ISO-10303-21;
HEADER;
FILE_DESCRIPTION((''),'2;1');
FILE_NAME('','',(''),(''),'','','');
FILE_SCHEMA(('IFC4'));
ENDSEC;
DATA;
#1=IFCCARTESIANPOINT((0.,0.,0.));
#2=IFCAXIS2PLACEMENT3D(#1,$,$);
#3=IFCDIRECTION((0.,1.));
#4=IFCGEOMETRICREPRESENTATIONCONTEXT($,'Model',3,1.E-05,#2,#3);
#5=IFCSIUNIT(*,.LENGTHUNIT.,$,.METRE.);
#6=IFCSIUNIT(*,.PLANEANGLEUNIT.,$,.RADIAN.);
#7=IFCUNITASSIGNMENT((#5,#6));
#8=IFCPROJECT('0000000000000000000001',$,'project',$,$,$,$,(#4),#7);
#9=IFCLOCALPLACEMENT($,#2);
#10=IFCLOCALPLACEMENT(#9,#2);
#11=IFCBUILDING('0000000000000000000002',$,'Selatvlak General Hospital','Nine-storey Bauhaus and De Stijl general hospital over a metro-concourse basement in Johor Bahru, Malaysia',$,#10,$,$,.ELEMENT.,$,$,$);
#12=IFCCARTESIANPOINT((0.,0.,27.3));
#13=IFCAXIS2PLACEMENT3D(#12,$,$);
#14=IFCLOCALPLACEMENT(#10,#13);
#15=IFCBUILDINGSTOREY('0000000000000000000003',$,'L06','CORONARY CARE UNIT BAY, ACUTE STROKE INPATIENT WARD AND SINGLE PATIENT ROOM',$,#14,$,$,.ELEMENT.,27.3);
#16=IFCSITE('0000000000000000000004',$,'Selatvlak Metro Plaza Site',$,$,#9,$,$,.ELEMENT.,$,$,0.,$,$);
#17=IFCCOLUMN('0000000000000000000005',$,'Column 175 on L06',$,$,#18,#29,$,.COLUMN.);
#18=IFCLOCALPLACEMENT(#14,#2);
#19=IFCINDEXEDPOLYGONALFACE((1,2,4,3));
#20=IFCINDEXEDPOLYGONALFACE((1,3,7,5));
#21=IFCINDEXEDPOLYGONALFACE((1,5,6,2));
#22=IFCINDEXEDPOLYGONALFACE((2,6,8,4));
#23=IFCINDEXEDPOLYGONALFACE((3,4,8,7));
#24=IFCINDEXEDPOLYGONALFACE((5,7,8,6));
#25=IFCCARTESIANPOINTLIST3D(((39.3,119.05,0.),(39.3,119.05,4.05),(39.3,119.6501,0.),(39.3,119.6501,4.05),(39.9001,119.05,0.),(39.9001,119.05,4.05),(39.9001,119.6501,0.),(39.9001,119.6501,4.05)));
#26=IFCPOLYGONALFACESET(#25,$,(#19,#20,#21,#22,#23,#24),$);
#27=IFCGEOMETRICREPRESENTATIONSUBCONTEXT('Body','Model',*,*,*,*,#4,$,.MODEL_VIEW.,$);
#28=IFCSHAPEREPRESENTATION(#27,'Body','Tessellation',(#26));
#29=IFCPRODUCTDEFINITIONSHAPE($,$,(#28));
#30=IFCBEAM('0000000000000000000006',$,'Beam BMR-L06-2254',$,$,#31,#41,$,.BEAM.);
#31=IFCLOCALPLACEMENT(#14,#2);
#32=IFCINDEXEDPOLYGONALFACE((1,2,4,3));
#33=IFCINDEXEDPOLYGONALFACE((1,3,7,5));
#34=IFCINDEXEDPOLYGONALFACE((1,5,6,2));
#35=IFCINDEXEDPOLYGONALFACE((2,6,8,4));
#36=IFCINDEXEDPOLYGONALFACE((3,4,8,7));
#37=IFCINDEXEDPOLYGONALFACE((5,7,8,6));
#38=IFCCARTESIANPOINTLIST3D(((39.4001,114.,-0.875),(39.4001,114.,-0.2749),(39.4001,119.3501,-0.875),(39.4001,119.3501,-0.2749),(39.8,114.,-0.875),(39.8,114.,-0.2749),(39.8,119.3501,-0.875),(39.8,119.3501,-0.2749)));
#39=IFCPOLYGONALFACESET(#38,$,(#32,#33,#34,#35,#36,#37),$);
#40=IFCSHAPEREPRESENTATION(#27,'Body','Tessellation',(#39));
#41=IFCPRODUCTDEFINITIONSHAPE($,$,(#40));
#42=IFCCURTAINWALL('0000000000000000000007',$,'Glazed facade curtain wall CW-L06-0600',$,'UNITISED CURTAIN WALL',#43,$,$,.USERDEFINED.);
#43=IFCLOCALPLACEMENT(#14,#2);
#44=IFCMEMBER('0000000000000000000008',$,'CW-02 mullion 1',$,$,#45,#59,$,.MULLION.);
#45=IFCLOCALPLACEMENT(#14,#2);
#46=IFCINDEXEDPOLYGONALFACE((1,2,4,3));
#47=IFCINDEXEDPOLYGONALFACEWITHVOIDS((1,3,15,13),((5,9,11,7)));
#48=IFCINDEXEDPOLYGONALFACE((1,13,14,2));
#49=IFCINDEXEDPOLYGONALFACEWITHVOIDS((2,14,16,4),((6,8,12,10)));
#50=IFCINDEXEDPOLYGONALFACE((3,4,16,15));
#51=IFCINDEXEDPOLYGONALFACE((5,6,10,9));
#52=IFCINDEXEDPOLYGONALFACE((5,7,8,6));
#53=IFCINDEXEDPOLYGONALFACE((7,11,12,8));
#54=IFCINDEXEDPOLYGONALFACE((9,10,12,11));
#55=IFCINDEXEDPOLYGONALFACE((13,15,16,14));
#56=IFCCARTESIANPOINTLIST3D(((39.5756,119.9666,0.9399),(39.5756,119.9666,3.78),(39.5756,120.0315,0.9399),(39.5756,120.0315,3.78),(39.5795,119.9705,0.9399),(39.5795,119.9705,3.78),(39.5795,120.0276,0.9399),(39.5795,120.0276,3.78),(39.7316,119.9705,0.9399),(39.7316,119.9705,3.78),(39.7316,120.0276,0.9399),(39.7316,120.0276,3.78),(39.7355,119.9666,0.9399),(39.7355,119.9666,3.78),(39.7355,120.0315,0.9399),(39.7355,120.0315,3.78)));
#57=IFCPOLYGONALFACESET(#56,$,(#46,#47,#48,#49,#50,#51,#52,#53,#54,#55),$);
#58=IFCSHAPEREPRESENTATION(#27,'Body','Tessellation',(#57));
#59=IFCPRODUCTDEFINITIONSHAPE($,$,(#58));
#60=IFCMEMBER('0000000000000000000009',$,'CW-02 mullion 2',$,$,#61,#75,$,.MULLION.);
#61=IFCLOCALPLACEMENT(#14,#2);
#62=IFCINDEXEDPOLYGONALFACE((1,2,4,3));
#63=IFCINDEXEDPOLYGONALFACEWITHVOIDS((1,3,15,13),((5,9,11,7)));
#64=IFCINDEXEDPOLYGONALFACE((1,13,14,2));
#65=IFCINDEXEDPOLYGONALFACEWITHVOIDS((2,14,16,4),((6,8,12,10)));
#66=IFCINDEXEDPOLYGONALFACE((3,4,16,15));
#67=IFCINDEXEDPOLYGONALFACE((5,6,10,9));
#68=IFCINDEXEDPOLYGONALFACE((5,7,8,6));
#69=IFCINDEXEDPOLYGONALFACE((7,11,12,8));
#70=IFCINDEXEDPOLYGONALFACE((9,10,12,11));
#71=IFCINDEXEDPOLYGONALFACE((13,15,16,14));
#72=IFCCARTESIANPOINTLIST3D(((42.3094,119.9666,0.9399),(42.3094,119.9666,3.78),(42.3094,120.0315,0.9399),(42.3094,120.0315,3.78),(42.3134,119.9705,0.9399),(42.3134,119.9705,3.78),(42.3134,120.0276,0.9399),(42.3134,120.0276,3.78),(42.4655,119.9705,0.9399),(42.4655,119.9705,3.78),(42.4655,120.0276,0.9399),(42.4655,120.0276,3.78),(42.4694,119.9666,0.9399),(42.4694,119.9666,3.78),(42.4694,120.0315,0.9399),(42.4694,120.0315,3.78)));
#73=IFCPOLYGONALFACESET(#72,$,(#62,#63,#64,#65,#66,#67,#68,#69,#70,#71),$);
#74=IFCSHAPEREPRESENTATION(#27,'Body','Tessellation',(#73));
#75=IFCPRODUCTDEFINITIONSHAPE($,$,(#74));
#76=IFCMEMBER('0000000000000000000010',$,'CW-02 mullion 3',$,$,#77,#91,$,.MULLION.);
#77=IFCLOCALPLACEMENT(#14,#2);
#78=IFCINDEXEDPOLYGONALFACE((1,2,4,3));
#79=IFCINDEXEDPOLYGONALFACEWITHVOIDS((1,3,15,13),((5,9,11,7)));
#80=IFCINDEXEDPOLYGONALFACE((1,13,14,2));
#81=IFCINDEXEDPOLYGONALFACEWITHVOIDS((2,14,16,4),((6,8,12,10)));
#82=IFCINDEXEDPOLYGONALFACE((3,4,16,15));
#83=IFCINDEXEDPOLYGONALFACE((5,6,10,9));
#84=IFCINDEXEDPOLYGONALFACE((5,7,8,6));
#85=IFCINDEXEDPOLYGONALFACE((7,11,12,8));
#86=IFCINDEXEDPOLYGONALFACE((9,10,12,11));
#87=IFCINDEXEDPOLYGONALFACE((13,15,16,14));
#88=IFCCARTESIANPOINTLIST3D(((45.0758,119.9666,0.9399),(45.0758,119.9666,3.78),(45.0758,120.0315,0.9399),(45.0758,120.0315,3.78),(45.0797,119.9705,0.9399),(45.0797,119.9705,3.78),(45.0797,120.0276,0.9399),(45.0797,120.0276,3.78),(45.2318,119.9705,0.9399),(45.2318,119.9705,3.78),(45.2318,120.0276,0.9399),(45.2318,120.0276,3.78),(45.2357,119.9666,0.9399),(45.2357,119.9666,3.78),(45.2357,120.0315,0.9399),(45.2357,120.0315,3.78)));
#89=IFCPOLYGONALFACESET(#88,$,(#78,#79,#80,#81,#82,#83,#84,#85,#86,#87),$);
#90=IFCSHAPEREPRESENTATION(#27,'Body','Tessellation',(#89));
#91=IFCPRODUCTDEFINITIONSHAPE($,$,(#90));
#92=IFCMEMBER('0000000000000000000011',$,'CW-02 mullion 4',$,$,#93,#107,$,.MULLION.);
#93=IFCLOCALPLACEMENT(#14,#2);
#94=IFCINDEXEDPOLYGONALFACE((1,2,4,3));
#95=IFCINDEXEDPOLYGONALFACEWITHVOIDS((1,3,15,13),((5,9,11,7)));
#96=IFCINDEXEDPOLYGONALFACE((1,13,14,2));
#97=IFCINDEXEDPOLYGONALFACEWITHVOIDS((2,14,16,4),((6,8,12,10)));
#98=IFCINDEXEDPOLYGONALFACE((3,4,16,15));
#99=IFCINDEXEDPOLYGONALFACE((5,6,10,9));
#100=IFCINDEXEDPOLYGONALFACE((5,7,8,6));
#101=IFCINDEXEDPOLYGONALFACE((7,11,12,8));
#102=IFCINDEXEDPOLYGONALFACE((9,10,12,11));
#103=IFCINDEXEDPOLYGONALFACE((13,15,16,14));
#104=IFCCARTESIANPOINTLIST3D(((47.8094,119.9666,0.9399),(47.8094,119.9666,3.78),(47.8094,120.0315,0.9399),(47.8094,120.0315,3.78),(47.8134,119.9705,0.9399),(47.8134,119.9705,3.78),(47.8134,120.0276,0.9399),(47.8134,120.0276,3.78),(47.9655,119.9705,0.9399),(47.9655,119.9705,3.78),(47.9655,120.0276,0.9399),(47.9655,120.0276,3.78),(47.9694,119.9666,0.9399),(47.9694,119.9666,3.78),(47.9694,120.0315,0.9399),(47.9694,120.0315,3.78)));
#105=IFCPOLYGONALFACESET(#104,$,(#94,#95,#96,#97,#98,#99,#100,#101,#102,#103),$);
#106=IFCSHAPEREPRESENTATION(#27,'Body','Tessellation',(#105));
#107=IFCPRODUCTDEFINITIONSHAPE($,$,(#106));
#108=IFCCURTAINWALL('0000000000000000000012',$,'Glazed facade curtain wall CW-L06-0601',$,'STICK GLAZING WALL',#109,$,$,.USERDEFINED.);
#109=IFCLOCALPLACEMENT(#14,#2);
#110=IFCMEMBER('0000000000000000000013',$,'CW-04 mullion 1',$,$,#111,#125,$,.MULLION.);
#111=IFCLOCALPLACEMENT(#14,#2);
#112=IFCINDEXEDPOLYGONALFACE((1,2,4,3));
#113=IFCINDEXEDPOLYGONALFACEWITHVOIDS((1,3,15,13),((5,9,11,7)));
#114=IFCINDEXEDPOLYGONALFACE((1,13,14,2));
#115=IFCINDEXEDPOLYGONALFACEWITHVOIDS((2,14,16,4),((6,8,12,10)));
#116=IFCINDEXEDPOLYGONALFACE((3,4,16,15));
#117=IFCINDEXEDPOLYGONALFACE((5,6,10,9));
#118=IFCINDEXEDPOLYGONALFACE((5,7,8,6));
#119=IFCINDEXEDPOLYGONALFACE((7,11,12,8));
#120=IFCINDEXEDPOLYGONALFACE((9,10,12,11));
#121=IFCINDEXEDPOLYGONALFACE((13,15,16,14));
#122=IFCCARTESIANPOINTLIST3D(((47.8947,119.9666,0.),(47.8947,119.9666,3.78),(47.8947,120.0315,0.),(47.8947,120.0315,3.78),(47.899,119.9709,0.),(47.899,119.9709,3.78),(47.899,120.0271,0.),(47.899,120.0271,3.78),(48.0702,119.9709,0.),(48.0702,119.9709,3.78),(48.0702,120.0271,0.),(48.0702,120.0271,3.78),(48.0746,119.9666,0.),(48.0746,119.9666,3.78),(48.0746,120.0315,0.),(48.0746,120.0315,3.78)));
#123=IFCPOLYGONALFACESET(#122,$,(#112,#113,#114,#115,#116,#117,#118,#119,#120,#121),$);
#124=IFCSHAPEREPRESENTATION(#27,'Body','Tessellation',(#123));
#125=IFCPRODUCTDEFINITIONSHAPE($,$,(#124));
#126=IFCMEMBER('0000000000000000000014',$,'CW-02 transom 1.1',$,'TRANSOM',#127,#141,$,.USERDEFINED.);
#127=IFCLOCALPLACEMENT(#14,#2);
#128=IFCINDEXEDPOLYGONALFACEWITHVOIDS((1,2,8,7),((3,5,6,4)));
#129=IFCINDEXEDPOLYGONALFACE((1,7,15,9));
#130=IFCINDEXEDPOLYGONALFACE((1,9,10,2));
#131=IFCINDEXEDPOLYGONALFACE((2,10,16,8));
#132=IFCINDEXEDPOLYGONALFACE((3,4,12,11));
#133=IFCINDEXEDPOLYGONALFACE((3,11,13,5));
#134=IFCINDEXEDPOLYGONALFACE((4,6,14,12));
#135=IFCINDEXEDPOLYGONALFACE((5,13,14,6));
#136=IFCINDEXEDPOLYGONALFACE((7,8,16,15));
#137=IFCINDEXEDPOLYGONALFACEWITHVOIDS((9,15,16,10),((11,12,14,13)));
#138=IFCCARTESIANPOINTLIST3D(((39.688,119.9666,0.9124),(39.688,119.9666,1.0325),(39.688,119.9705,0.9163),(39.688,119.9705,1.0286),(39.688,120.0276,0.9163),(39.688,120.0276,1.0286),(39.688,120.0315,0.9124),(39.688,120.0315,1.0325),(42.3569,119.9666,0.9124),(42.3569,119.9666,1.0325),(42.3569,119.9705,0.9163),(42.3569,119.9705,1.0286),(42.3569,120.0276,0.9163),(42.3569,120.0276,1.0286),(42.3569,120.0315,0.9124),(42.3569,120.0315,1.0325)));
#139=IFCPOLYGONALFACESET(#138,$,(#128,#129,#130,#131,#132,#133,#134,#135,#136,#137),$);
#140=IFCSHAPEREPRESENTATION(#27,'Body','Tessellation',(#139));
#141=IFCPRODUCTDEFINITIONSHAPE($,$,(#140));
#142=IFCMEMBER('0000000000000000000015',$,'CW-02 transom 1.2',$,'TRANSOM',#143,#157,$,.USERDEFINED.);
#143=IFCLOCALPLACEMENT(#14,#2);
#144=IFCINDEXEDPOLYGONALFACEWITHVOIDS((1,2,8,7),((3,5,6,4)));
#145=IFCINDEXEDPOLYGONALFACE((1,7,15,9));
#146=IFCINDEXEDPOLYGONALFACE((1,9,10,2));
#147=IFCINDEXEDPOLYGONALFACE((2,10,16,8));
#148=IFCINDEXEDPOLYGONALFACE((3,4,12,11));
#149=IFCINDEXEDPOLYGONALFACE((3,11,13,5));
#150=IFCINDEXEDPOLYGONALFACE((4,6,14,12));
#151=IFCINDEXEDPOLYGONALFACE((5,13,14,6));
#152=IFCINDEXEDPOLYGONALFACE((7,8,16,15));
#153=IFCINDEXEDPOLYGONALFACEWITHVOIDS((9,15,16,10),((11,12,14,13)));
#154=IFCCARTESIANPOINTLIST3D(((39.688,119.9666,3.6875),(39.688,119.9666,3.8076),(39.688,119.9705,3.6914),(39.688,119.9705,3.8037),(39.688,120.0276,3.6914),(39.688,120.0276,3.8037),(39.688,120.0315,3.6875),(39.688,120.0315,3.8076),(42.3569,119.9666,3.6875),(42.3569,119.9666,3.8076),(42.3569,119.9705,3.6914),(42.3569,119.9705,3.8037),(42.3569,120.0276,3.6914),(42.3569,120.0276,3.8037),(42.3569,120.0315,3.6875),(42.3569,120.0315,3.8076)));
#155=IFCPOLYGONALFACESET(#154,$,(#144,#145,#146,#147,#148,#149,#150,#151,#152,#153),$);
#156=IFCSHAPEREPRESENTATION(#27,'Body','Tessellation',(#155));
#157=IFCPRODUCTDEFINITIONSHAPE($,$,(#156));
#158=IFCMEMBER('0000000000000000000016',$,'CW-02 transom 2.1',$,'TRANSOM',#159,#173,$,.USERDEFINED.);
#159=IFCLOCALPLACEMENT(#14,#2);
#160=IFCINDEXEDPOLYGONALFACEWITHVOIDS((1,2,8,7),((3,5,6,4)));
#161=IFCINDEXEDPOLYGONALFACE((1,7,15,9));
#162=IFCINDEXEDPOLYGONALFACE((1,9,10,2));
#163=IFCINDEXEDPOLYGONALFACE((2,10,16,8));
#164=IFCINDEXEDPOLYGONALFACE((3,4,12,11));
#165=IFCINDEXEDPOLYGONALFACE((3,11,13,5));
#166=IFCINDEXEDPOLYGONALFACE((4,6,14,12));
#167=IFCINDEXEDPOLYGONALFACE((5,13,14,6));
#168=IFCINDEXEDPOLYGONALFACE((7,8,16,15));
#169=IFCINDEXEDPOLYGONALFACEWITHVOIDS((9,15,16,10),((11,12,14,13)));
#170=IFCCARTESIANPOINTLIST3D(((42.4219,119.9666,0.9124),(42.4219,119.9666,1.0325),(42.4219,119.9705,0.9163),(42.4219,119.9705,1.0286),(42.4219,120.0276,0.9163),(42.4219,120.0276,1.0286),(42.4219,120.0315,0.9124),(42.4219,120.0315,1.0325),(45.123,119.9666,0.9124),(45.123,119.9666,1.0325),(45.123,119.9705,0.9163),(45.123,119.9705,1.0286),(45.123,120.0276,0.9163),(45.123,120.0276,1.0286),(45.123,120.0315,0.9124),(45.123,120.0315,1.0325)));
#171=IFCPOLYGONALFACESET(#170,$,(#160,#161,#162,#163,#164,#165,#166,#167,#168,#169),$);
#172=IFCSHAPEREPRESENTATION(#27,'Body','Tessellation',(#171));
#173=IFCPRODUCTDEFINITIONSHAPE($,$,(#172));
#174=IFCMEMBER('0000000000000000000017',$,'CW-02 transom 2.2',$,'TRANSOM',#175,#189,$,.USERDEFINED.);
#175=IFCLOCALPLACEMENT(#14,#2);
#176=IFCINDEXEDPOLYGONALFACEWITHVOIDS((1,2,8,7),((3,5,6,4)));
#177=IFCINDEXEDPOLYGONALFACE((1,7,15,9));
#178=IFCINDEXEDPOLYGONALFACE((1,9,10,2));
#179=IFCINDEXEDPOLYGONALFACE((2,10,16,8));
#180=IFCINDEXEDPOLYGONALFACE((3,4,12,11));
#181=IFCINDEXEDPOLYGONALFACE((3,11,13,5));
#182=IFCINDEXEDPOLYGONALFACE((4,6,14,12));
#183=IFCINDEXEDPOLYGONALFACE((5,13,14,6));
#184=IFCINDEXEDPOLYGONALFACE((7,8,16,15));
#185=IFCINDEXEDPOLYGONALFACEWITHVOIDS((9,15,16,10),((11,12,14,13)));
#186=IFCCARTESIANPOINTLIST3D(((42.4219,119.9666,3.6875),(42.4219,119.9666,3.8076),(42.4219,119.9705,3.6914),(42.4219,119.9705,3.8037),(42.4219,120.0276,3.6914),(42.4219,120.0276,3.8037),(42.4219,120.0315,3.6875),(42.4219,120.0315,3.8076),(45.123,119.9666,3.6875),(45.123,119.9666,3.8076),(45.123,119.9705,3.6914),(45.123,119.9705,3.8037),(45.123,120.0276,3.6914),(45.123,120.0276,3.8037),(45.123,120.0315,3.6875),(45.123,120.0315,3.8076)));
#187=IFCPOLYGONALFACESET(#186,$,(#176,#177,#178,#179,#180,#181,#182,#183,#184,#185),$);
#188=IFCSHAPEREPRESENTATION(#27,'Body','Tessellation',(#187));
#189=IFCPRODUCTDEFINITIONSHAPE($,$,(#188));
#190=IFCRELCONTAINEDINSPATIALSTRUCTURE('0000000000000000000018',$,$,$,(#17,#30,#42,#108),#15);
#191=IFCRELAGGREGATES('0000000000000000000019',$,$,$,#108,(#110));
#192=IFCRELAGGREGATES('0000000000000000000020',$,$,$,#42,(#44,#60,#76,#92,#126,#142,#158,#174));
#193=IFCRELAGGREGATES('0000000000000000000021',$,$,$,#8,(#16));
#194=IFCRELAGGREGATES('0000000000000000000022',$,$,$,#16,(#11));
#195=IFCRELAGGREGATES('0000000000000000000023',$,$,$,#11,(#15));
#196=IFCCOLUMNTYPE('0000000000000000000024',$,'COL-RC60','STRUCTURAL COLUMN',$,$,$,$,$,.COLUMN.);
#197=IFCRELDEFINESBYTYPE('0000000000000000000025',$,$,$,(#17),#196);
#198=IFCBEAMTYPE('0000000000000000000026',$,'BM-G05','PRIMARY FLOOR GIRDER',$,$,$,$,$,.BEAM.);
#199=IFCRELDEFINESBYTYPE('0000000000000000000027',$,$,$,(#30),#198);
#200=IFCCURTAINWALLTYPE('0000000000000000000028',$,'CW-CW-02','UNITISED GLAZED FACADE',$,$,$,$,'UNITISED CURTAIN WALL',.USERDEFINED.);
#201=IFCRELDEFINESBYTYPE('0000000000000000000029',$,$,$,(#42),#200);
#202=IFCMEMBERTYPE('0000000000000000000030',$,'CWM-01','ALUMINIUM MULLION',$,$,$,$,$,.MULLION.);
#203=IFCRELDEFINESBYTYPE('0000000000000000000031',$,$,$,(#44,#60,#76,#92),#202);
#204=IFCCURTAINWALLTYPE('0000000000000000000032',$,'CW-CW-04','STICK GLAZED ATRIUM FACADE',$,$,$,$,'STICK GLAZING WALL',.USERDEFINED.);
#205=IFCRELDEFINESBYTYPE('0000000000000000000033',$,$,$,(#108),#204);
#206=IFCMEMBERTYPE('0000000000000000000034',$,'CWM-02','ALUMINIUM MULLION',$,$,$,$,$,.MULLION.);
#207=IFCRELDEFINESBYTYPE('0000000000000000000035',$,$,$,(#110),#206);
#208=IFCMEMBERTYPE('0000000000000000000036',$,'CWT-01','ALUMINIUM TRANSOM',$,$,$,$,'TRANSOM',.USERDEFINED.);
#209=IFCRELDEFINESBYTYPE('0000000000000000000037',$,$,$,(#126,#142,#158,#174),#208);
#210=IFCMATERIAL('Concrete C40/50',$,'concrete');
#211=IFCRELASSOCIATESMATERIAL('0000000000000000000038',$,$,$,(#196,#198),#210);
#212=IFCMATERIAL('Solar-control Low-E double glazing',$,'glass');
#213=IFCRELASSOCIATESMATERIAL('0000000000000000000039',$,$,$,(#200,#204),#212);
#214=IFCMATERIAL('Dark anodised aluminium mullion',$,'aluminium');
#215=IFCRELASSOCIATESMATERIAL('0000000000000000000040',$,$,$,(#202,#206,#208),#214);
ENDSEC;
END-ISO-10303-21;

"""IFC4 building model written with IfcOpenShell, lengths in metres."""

from ifc_helpers import new_model, si_unit, direction, frame, origin, origin_2d, place, context, subcontext, project, spatial, rectangle, hollow_rectangle, extrude, material, material_profile, profile_set, type_object, element, aggregate, save


model = new_model("IFC4")

# Units and contexts
model_context = context("Model", 3, precision=1e-05, world=origin(), true_north=direction((0.0, 1.0)))
body_context = subcontext(model_context, "Body", "Model", "MODEL_VIEW")
ifc_project = project(units=[si_unit("LENGTHUNIT", "METRE"), si_unit("PLANEANGLEUNIT", "RADIAN")], contexts=[model_context])

# Site, building, storey
site_placement = place(None, origin())
site = spatial("IfcSite", under=ifc_project, at=site_placement, Name="Selatvlak Metro Plaza Site", CompositionType="ELEMENT", RefElevation=0.0)
building_placement = place(site_placement, origin())
building = spatial("IfcBuilding", under=site, at=building_placement, Name="Selatvlak General Hospital", Description="Nine-storey Bauhaus and De Stijl general hospital over a metro-concourse basement in Johor Bahru, Malaysia", CompositionType="ELEMENT")
storey_placement = place(building_placement, frame((0.0, 0.0, 27.3)))
storey = spatial("IfcBuildingStorey", under=building, at=storey_placement, Name="L06", Description="CORONARY CARE UNIT BAY, ACUTE STROKE INPATIENT WARD AND SINGLE PATIENT ROOM", CompositionType="ELEMENT", Elevation=27.3)

# Column
ifc_material_1 = material(Name="Concrete C40/50", Category="concrete")
ifc_material_profile_1 = material_profile(ifc_material_1, rectangle(XDim=0.6001, YDim=0.6001, at=origin_2d()), Name="RC-COL 600x600")
ifc_profile_set_1 = profile_set([ifc_material_profile_1], Name="Concrete C40/50")
column_type = type_object("IfcColumnType", Name="COL-RC60", Description="STRUCTURAL COLUMN", PredefinedType="COLUMN", material=ifc_profile_set_1)
column_placement = place(storey_placement, frame((39.6001, 119.3501, 0.0), z_axis=(0.0, 0.0, 1.0), x_axis=(1.0, 0.0, 0.0)))
element("IfcColumn", 1, at=column_placement, inside=storey, type_object=column_type, Name="Column 175 on L06", PredefinedType="COLUMN", context=body_context, shape_type="SweptSolid", body=[
    extrude(rectangle(XDim=0.6001, YDim=0.6001, at=origin_2d()), origin(), (0.0, 0.0, 1.0), 4.05),
])

# Beam
ifc_material_profile_2 = material_profile(ifc_material_1, rectangle(XDim=0.3999, YDim=0.6001, at=origin_2d()), Name="RC-BM 400x600")
ifc_profile_set_2 = profile_set([ifc_material_profile_2], Name="Concrete C40/50")
beam_type = type_object("IfcBeamType", Name="BM-G05", Description="PRIMARY FLOOR GIRDER", PredefinedType="BEAM", material=ifc_profile_set_2)
beam_placement = place(storey_placement, frame((39.6001, 114.0, -0.575), z_axis=(0.0, 1.0, 0.0), x_axis=(-1.0, 0.0, 0.0)))
element("IfcBeam", 2, at=beam_placement, inside=storey, type_object=beam_type, Name="Beam BMR-L06-2254", PredefinedType="BEAM", context=body_context, shape_type="SweptSolid", body=[
    extrude(rectangle(XDim=0.3999, YDim=0.6001, at=origin_2d()), origin(), (0.0, 0.0, 1.0), 5.3501),
])

# Curtain wall, members
ifc_material_2 = material(Name="Solar-control Low-E double glazing", Category="glass")
curtain_wall_type_1 = type_object("IfcCurtainWallType", Name="CW-CW-02", Description="UNITISED GLAZED FACADE", ElementType="UNITISED CURTAIN WALL", PredefinedType="USERDEFINED", material=ifc_material_2)
curtain_wall_1_placement = place(storey_placement, origin())
curtain_wall_1 = element("IfcCurtainWall", 3, at=curtain_wall_1_placement, inside=storey, type_object=curtain_wall_type_1, Name="Glazed facade curtain wall CW-L06-0600", ObjectType="UNITISED CURTAIN WALL", PredefinedType="USERDEFINED")
ifc_material_3 = material(Name="Dark anodised aluminium mullion", Category="aluminium")
ifc_material_profile_3 = material_profile(ifc_material_3, hollow_rectangle(XDim=0.0649, YDim=0.1599, WallThickness=0.0039, at=origin_2d()), Name="AL-MUL 65x160x4")
ifc_profile_set_3 = profile_set([ifc_material_profile_3], Name="Dark anodised aluminium mullion")
member_type_1 = type_object("IfcMemberType", Name="CWM-01", Description="ALUMINIUM MULLION", PredefinedType="MULLION", material=ifc_profile_set_3)
member_1_placement = place(storey_placement, frame((39.6555, 119.999, 0.9399), z_axis=(0.0, 0.0, 1.0), x_axis=(0.0, 1.0, 0.0)))
member_1 = element("IfcMember", 4, at=member_1_placement, type_object=member_type_1, Name="CW-02 mullion 1", PredefinedType="MULLION", context=body_context, shape_type="SweptSolid", body=[
    extrude(hollow_rectangle(XDim=0.0649, YDim=0.1599, WallThickness=0.0039, at=origin_2d()), origin(), (0.0, 0.0, 1.0), 2.8401),
])
member_2_placement = place(storey_placement, frame((42.3894, 119.999, 0.9399), z_axis=(0.0, 0.0, 1.0), x_axis=(0.0, 1.0, 0.0)))
member_2 = element("IfcMember", 5, at=member_2_placement, type_object=member_type_1, Name="CW-02 mullion 2", PredefinedType="MULLION", context=body_context, shape_type="SweptSolid", body=[
    extrude(hollow_rectangle(XDim=0.0649, YDim=0.1599, WallThickness=0.0039, at=origin_2d()), origin(), (0.0, 0.0, 1.0), 2.8401),
])
member_3_placement = place(storey_placement, frame((45.1558, 119.999, 0.9399), z_axis=(0.0, 0.0, 1.0), x_axis=(0.0, 1.0, 0.0)))
member_3 = element("IfcMember", 6, at=member_3_placement, type_object=member_type_1, Name="CW-02 mullion 3", PredefinedType="MULLION", context=body_context, shape_type="SweptSolid", body=[
    extrude(hollow_rectangle(XDim=0.0649, YDim=0.1599, WallThickness=0.0039, at=origin_2d()), origin(), (0.0, 0.0, 1.0), 2.8401),
])
member_4_placement = place(storey_placement, frame((47.8894, 119.999, 0.9399), z_axis=(0.0, 0.0, 1.0), x_axis=(0.0, 1.0, 0.0)))
member_4 = element("IfcMember", 7, at=member_4_placement, type_object=member_type_1, Name="CW-02 mullion 4", PredefinedType="MULLION", context=body_context, shape_type="SweptSolid", body=[
    extrude(hollow_rectangle(XDim=0.0649, YDim=0.1599, WallThickness=0.0039, at=origin_2d()), origin(), (0.0, 0.0, 1.0), 2.8401),
])

# Curtain wall, member
curtain_wall_type_2 = type_object("IfcCurtainWallType", Name="CW-CW-04", Description="STICK GLAZED ATRIUM FACADE", ElementType="STICK GLAZING WALL", PredefinedType="USERDEFINED", material=ifc_material_2)
curtain_wall_2_placement = place(storey_placement, origin())
curtain_wall_2 = element("IfcCurtainWall", 8, at=curtain_wall_2_placement, inside=storey, type_object=curtain_wall_type_2, Name="Glazed facade curtain wall CW-L06-0601", ObjectType="STICK GLAZING WALL", PredefinedType="USERDEFINED")
ifc_material_profile_4 = material_profile(ifc_material_3, hollow_rectangle(XDim=0.0649, YDim=0.1799, WallThickness=0.0044, at=origin_2d()), Name="AL-MUL 65x180x4.5")
ifc_profile_set_4 = profile_set([ifc_material_profile_4], Name="Dark anodised aluminium mullion")
member_type_2 = type_object("IfcMemberType", Name="CWM-02", Description="ALUMINIUM MULLION", PredefinedType="MULLION", material=ifc_profile_set_4)
member_5_placement = place(storey_placement, frame((47.9846, 119.999, 0.0), z_axis=(0.0, 0.0, 1.0), x_axis=(0.0, 1.0, 0.0)))
member_5 = element("IfcMember", 9, at=member_5_placement, type_object=member_type_2, Name="CW-04 mullion 1", PredefinedType="MULLION", context=body_context, shape_type="SweptSolid", body=[
    extrude(hollow_rectangle(XDim=0.0649, YDim=0.1799, WallThickness=0.0044, at=origin_2d()), origin(), (0.0, 0.0, 1.0), 3.78),
])
aggregate(curtain_wall_2, [member_5])

# Members
ifc_material_profile_5 = material_profile(ifc_material_3, hollow_rectangle(XDim=0.0649, YDim=0.1201, WallThickness=0.0039, at=origin_2d()), Name="AL-TRN 65x120x4")
ifc_profile_set_5 = profile_set([ifc_material_profile_5], Name="Dark anodised aluminium mullion")
member_type_3 = type_object("IfcMemberType", Name="CWT-01", Description="ALUMINIUM TRANSOM", ElementType="TRANSOM", PredefinedType="USERDEFINED", material=ifc_profile_set_5)
member_6_placement = place(storey_placement, frame((39.688, 119.999, 0.9724), z_axis=(1.0, 0.0, 0.0), x_axis=(0.0, 1.0, 0.0)))
member_6 = element("IfcMember", 10, at=member_6_placement, type_object=member_type_3, Name="CW-02 transom 1.1", ObjectType="TRANSOM", PredefinedType="USERDEFINED", context=body_context, shape_type="SweptSolid", body=[
    extrude(hollow_rectangle(XDim=0.0649, YDim=0.1201, WallThickness=0.0039, at=origin_2d()), origin(), (0.0, 0.0, 1.0), 2.6689),
])
member_7_placement = place(storey_placement, frame((39.688, 119.999, 3.7476), z_axis=(1.0, 0.0, 0.0), x_axis=(0.0, 1.0, 0.0)))
member_7 = element("IfcMember", 11, at=member_7_placement, type_object=member_type_3, Name="CW-02 transom 1.2", ObjectType="TRANSOM", PredefinedType="USERDEFINED", context=body_context, shape_type="SweptSolid", body=[
    extrude(hollow_rectangle(XDim=0.0649, YDim=0.1201, WallThickness=0.0039, at=origin_2d()), origin(), (0.0, 0.0, 1.0), 2.6689),
])
member_8_placement = place(storey_placement, frame((42.4219, 119.999, 0.9724), z_axis=(1.0, 0.0, 0.0), x_axis=(0.0, 1.0, 0.0)))
member_8 = element("IfcMember", 12, at=member_8_placement, type_object=member_type_3, Name="CW-02 transom 2.1", ObjectType="TRANSOM", PredefinedType="USERDEFINED", context=body_context, shape_type="SweptSolid", body=[
    extrude(hollow_rectangle(XDim=0.0649, YDim=0.1201, WallThickness=0.0039, at=origin_2d()), origin(), (0.0, 0.0, 1.0), 2.7012),
])
member_9_placement = place(storey_placement, frame((42.4219, 119.999, 3.7476), z_axis=(1.0, 0.0, 0.0), x_axis=(0.0, 1.0, 0.0)))
member_9 = element("IfcMember", 13, at=member_9_placement, type_object=member_type_3, Name="CW-02 transom 2.2", ObjectType="TRANSOM", PredefinedType="USERDEFINED", context=body_context, shape_type="SweptSolid", body=[
    extrude(hollow_rectangle(XDim=0.0649, YDim=0.1201, WallThickness=0.0039, at=origin_2d()), origin(), (0.0, 0.0, 1.0), 2.7012),
])

aggregate(curtain_wall_1, [member_1, member_2, member_3, member_4, member_6, member_7, member_8, member_9])

save(model, "model.ifc")
